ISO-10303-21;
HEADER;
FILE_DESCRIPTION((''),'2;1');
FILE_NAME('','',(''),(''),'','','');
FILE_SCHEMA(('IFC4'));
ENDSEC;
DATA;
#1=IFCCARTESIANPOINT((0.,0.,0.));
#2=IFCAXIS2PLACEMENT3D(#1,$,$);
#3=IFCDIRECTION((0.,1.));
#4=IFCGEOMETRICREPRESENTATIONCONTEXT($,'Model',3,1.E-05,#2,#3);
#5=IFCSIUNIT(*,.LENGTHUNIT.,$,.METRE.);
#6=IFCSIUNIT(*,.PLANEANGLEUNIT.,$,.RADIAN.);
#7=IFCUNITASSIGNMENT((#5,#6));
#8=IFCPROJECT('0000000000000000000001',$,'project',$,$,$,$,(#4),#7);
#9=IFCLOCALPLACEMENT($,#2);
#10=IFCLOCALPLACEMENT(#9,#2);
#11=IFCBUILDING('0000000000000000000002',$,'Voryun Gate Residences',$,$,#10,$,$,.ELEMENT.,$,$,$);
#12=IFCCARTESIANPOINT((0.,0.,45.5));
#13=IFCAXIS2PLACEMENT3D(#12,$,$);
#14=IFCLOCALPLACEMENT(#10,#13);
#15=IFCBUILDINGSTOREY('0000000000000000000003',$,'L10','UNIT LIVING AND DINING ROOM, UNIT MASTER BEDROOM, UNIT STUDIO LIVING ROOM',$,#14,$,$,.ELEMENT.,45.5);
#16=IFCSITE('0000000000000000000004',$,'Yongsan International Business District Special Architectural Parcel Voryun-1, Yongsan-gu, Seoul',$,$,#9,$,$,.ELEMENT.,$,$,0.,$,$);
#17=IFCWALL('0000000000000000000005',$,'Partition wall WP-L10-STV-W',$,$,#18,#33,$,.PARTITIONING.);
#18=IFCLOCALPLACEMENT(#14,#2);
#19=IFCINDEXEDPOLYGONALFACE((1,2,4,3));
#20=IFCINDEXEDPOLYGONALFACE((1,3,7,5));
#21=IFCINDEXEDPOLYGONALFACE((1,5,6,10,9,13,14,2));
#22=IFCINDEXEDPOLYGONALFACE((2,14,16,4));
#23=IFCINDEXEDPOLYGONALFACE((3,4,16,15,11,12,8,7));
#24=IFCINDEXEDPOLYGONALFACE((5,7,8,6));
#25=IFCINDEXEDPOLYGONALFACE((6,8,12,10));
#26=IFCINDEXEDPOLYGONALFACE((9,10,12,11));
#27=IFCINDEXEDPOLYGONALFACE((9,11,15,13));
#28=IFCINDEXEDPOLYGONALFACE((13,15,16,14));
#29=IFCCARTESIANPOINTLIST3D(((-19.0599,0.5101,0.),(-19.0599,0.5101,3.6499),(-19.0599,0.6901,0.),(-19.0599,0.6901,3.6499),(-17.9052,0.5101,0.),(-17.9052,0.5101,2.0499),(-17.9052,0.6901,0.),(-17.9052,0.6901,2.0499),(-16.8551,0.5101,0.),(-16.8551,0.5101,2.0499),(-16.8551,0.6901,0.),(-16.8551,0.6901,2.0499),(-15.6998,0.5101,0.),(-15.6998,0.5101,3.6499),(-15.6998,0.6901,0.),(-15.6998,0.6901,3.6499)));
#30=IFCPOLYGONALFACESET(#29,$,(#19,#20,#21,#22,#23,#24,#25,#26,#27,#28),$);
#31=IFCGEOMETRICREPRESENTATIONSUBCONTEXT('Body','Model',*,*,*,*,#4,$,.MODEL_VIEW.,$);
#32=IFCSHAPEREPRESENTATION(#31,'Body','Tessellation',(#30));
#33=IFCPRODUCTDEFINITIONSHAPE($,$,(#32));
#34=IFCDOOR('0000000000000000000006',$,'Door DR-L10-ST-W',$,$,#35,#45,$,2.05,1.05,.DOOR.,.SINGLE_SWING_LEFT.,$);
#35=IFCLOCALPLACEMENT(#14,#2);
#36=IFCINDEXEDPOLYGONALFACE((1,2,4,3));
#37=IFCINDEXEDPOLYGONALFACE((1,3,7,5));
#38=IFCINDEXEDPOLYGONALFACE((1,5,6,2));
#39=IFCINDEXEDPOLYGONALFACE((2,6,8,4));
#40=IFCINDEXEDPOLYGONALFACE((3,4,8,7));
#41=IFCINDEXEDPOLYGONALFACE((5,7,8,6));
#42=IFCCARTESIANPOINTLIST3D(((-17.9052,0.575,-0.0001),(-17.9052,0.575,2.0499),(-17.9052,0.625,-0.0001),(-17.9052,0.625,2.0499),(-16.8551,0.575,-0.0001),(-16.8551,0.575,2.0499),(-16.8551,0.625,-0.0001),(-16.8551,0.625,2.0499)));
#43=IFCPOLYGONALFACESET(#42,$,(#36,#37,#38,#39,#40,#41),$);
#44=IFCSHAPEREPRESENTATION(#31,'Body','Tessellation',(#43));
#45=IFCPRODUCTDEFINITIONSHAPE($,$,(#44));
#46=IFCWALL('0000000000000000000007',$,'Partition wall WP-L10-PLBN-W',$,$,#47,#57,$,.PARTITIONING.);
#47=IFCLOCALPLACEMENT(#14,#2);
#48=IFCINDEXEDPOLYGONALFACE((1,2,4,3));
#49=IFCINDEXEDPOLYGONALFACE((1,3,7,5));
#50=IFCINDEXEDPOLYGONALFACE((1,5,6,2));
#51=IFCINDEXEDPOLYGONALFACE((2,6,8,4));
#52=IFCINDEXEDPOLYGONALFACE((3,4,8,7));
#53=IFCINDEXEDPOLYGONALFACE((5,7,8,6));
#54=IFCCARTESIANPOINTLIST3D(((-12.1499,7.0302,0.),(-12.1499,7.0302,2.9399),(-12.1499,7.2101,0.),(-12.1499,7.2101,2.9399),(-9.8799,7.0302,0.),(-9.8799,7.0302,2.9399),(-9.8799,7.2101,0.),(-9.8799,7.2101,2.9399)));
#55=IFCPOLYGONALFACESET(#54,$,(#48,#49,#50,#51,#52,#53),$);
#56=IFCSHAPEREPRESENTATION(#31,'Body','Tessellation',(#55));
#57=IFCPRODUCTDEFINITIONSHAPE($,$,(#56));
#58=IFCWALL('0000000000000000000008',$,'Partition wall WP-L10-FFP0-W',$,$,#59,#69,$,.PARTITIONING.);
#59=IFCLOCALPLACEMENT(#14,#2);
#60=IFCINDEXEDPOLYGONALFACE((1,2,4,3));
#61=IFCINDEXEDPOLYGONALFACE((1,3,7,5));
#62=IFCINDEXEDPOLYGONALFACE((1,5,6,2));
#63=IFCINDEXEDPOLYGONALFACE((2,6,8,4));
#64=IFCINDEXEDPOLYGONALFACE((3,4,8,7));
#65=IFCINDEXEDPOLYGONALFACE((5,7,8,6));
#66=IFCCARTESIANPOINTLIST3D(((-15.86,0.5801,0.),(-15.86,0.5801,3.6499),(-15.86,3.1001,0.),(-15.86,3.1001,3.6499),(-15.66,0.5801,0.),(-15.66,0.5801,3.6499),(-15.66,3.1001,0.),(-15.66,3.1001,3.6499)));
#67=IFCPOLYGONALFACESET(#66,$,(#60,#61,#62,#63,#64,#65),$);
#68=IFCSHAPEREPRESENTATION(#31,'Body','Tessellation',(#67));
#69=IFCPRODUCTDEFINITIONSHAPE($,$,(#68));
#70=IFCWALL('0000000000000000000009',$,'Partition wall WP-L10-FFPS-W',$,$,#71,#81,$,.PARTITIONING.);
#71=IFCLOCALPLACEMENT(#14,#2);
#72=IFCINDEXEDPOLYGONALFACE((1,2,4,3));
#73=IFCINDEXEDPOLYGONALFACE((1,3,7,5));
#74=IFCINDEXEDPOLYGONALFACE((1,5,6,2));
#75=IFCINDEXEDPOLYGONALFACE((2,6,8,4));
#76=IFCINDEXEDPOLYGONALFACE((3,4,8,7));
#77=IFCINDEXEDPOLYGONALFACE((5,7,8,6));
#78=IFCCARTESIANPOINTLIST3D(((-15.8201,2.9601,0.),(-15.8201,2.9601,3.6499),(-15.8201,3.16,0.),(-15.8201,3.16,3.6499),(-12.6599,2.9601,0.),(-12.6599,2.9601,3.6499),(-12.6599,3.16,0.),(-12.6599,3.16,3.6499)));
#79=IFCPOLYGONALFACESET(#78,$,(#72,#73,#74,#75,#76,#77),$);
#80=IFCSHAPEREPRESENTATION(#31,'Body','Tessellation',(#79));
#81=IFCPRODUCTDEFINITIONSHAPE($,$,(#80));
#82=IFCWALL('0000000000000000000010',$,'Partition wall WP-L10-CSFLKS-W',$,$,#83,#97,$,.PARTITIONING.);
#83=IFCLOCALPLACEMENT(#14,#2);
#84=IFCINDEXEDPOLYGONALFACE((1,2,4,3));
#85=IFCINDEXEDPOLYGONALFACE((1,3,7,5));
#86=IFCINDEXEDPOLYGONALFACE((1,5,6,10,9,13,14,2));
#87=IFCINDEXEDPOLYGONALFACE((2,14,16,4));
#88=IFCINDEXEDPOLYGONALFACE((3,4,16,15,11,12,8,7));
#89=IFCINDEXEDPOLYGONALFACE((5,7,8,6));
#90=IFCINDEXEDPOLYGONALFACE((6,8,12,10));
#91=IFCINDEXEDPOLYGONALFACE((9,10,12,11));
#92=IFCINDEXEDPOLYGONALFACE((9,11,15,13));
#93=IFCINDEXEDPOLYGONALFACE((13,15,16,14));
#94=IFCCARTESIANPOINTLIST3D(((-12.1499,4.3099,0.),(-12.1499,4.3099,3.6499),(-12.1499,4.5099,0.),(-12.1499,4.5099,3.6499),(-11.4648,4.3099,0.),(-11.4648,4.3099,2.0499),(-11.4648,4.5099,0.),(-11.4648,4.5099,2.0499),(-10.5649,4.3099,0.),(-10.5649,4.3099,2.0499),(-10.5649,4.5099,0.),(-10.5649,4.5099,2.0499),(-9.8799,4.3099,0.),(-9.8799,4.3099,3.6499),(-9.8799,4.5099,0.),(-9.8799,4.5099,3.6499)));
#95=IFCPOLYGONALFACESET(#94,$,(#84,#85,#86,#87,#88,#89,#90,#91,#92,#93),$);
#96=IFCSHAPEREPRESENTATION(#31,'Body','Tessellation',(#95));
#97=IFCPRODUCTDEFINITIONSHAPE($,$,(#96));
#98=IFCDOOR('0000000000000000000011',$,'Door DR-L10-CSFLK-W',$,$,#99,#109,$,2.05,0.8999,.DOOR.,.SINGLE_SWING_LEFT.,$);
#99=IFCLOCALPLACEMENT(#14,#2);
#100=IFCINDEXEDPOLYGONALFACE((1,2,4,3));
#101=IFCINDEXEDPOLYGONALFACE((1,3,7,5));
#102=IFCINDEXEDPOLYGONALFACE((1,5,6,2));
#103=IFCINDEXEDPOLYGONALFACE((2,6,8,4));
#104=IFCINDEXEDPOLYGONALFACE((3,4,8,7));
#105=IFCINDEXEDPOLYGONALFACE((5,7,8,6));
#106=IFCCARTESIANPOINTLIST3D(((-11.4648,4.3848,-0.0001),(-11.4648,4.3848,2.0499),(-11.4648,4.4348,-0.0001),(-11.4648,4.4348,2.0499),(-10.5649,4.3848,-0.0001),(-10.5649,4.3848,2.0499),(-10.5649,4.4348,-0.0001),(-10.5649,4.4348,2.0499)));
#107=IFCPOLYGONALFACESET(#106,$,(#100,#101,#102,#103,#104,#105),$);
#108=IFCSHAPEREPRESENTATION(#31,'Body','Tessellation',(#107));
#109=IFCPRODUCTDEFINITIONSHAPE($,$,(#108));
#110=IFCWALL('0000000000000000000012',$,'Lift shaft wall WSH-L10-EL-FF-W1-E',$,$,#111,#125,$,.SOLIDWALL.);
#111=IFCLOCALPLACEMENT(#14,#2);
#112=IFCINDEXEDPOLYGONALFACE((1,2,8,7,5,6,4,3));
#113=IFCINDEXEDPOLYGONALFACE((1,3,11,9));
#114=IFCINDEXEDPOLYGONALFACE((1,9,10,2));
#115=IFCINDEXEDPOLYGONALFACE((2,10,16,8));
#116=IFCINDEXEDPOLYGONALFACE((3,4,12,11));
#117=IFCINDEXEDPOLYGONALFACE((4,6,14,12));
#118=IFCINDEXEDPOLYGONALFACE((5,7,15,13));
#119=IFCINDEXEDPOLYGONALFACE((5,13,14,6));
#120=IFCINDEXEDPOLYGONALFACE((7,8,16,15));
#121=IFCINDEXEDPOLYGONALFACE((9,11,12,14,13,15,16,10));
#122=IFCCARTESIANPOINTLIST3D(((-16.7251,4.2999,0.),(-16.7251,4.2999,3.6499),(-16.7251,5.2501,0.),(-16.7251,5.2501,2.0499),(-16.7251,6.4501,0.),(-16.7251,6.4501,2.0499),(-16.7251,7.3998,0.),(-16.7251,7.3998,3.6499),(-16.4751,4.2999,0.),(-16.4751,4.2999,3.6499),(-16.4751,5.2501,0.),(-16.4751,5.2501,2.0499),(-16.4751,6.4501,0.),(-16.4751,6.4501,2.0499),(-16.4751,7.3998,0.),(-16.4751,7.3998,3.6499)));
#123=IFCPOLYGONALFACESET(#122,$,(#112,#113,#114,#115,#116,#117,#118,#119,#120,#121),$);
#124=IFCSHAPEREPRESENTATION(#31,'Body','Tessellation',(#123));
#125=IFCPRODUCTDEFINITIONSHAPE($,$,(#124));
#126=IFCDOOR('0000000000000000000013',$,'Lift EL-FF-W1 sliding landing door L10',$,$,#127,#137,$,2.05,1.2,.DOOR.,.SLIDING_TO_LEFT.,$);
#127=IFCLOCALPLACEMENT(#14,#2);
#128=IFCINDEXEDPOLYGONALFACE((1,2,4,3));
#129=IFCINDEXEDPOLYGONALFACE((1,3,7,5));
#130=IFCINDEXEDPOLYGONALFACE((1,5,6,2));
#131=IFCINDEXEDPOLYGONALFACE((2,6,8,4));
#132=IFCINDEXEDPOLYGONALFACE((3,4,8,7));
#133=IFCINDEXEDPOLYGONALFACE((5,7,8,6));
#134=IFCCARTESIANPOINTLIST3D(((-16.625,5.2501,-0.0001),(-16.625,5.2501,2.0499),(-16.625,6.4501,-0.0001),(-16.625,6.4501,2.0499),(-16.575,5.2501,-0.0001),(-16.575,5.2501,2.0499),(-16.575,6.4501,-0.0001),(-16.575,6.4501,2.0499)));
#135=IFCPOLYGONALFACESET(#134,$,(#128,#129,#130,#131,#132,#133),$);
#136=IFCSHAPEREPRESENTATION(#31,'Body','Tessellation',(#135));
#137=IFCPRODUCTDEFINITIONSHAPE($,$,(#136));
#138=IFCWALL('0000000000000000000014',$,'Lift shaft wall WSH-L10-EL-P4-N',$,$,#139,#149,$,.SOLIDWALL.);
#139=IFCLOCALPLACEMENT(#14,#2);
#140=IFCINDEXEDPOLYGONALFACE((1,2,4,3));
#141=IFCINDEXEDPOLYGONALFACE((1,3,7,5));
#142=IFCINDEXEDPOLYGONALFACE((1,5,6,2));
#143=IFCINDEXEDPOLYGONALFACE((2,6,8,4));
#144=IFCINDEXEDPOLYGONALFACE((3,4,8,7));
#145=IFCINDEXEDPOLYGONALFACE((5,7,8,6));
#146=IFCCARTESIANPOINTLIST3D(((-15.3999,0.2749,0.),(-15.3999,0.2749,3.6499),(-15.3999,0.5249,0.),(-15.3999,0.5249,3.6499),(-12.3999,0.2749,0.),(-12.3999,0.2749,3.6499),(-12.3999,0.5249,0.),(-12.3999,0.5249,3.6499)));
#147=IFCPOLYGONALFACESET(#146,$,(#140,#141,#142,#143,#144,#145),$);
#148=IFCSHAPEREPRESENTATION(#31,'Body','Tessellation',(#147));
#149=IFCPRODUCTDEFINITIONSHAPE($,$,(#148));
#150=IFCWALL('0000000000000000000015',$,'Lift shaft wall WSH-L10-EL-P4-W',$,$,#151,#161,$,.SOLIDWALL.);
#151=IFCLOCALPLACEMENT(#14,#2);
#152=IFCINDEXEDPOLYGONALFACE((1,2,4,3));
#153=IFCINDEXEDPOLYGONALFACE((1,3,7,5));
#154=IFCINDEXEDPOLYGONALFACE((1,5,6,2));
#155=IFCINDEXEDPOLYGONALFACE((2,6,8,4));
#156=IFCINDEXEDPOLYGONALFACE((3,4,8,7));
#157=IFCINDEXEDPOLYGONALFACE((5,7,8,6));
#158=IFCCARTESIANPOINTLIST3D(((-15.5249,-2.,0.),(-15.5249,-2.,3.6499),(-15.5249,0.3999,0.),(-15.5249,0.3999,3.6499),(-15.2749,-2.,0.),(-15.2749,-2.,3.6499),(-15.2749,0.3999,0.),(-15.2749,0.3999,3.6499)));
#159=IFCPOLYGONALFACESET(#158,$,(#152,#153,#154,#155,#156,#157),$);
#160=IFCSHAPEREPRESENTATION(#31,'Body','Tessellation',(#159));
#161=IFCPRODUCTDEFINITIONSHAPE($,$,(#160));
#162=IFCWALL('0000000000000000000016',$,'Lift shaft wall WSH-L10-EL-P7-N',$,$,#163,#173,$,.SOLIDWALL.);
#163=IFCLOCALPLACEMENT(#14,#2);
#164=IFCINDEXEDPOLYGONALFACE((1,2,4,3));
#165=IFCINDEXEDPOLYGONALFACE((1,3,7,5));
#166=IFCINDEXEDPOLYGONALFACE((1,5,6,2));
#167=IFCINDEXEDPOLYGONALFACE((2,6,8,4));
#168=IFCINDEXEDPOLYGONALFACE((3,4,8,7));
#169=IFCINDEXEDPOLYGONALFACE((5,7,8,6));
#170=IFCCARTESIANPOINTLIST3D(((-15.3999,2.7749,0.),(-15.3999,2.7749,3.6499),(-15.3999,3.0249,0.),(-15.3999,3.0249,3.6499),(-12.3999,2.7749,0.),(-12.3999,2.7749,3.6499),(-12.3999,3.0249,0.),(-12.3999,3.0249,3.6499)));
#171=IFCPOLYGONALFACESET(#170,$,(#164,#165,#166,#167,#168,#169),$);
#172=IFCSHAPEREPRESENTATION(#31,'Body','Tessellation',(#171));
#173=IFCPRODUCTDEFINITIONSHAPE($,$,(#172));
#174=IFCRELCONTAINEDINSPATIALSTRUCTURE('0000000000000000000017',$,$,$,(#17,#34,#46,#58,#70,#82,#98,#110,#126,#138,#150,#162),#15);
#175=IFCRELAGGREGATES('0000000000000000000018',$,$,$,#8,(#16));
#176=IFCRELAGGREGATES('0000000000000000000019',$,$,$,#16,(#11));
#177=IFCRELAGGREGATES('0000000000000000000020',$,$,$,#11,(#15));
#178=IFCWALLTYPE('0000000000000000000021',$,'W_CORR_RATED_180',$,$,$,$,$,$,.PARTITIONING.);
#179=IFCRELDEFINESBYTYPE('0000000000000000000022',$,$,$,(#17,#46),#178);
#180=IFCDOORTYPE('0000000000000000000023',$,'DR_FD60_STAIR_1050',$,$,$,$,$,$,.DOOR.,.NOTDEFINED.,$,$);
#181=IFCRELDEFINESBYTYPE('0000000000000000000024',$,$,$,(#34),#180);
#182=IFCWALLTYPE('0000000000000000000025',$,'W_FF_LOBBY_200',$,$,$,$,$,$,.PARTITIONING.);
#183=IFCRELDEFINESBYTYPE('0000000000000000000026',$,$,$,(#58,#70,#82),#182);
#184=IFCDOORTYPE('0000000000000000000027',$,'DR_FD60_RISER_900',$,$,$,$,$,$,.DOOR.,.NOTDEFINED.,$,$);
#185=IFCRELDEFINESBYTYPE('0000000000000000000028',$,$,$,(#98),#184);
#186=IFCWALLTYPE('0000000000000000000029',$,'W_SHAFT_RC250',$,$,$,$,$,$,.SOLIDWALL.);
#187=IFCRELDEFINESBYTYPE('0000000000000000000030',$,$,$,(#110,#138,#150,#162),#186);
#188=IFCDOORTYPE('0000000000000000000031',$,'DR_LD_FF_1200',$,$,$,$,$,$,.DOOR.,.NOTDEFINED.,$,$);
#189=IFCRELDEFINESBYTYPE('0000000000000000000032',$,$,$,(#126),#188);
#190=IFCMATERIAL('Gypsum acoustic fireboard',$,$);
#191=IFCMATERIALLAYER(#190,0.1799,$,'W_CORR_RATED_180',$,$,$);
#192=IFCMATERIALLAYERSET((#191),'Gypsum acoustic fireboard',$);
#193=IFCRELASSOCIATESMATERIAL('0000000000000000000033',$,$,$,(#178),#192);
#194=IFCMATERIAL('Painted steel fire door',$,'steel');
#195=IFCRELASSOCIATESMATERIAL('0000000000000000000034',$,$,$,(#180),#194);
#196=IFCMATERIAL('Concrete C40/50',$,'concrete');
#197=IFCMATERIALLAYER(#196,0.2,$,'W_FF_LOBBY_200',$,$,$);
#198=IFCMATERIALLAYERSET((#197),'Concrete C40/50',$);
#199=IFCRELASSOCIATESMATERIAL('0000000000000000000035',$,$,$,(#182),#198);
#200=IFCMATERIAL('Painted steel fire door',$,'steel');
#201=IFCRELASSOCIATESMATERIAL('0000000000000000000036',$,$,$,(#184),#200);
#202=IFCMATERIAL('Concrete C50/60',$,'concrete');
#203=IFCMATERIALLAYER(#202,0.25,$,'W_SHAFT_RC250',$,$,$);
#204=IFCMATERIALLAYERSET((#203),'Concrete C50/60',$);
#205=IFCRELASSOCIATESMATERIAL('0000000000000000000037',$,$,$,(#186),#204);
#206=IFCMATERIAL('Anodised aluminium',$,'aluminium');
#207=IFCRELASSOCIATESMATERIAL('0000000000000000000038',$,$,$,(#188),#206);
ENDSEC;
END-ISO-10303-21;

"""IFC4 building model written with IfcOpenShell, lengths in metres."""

from ifc_helpers import new_model, si_unit, direction, frame, frame_2d, origin, place, context, subcontext, project, spatial, rectangle, extrude, material, layer, layer_set, type_object, element, fill, save


model = new_model("IFC4")

# Units and contexts
model_context = context("Model", 3, precision=1e-05, world=origin(), true_north=direction((0.0, 1.0)))
body_context = subcontext(model_context, "Body", "Model", "MODEL_VIEW")
ifc_project = project(units=[si_unit("LENGTHUNIT", "METRE"), si_unit("PLANEANGLEUNIT", "RADIAN")], contexts=[model_context])

# Site, building, storey
site_placement = place(None, origin())
site = spatial("IfcSite", under=ifc_project, at=site_placement, Name="Yongsan International Business District Special Architectural Parcel Voryun-1, Yongsan-gu, Seoul", CompositionType="ELEMENT", RefElevation=0.0)
building_placement = place(site_placement, origin())
building = spatial("IfcBuilding", under=site, at=building_placement, Name="Voryun Gate Residences", CompositionType="ELEMENT")
storey_placement = place(building_placement, frame((0.0, 0.0, 45.5)))
storey = spatial("IfcBuildingStorey", under=building, at=storey_placement, Name="L10", Description="UNIT LIVING AND DINING ROOM, UNIT MASTER BEDROOM, UNIT STUDIO LIVING ROOM", CompositionType="ELEMENT", Elevation=45.5)

# Wall, opening, door
ifc_material_1 = material(Name="Gypsum acoustic fireboard")
ifc_layer_1 = layer(ifc_material_1, 0.1799, Name="W_CORR_RATED_180")
ifc_layer_set_1 = layer_set([ifc_layer_1], Name="Gypsum acoustic fireboard")
wall_type_1 = type_object("IfcWallType", Name="W_CORR_RATED_180", PredefinedType="PARTITIONING", material=ifc_layer_set_1)
wall_1_placement = place(storey_placement, frame((-19.0601, 0.6001, 0.0), z_axis=(0.0, 0.0, 1.0), x_axis=(1.0, 0.0, 0.0)))
wall_1 = element("IfcWall", 1, at=wall_1_placement, inside=storey, type_object=wall_type_1, Name="Partition wall WP-L10-STV-W", PredefinedType="PARTITIONING", context=body_context, shape_type="SweptSolid", body=[
    extrude(rectangle(XDim=3.3601, YDim=0.1799, at=frame_2d((1.6802, 0.0))), origin(), (0.0, 0.0, 1.0), 3.6499),
])
opening_1_placement = place(wall_1_placement, frame((1.155, 0.0, 0.0)))
opening_1 = element("IfcOpeningElement", 2, at=opening_1_placement, cuts=wall_1, PredefinedType="OPENING", context=body_context, shape_type="SweptSolid", body=[
    extrude(rectangle(XDim=1.05, YDim=2.05, at=frame_2d((0.5249, 1.0249))), frame((0.0, 0.0999, 0.0), z_axis=(0.0, -1.0, 0.0), x_axis=(1.0, 0.0, 0.0)), (0.0, 0.0, 1.0), 0.2),
])
ifc_material_2 = material(Name="Painted steel fire door", Category="steel")
door_type_1 = type_object("IfcDoorType", Name="DR_FD60_STAIR_1050", OperationType="NOTDEFINED", PredefinedType="DOOR", material=ifc_material_2)
door_1_placement = place(opening_1_placement, origin())
door_1 = element("IfcDoor", 3, at=door_1_placement, inside=storey, type_object=door_type_1, Name="Door DR-L10-ST-W", OperationType="SINGLE_SWING_LEFT", OverallHeight=2.05, OverallWidth=1.05, PredefinedType="DOOR", context=body_context, shape_type="SweptSolid", body=[
    extrude(rectangle(XDim=1.05, YDim=2.05, at=frame_2d((0.5249, 1.0249))), frame((0.0, 0.0249, 0.0), z_axis=(0.0, -1.0, 0.0), x_axis=(1.0, 0.0, 0.0)), (0.0, 0.0, 1.0), 0.05),
])
fill(opening_1, door_1)

# Walls
wall_2_placement = place(storey_placement, frame((-12.1499, 7.1201, 0.0), z_axis=(0.0, 0.0, 1.0), x_axis=(1.0, 0.0, 0.0)))
element("IfcWall", 4, at=wall_2_placement, inside=storey, type_object=wall_type_1, Name="Partition wall WP-L10-PLBN-W", PredefinedType="PARTITIONING", context=body_context, shape_type="SweptSolid", body=[
    extrude(rectangle(XDim=2.27, YDim=0.1799, at=frame_2d((1.135, 0.0))), origin(), (0.0, 0.0, 1.0), 2.9399),
])
ifc_material_3 = material(Name="Concrete C40/50", Category="concrete")
ifc_layer_2 = layer(ifc_material_3, 0.2, Name="W_FF_LOBBY_200")
ifc_layer_set_2 = layer_set([ifc_layer_2], Name="Concrete C40/50")
wall_type_2 = type_object("IfcWallType", Name="W_FF_LOBBY_200", PredefinedType="PARTITIONING", material=ifc_layer_set_2)
wall_3_placement = place(storey_placement, frame((-15.76, 0.5801, 0.0), z_axis=(0.0, 0.0, 1.0), x_axis=(0.0, 1.0, 0.0)))
element("IfcWall", 5, at=wall_3_placement, inside=storey, type_object=wall_type_2, Name="Partition wall WP-L10-FFP0-W", PredefinedType="PARTITIONING", context=body_context, shape_type="SweptSolid", body=[
    extrude(rectangle(XDim=2.52, YDim=0.2, at=frame_2d((1.26, 0.0))), origin(), (0.0, 0.0, 1.0), 3.6499),
])
wall_4_placement = place(storey_placement, frame((-15.8201, 3.0601, 0.0), z_axis=(0.0, 0.0, 1.0), x_axis=(1.0, 0.0, 0.0)))
element("IfcWall", 6, at=wall_4_placement, inside=storey, type_object=wall_type_2, Name="Partition wall WP-L10-FFPS-W", PredefinedType="PARTITIONING", context=body_context, shape_type="SweptSolid", body=[
    extrude(rectangle(XDim=3.1602, YDim=0.2, at=frame_2d((1.5801, 0.0))), origin(), (0.0, 0.0, 1.0), 3.6499),
])

# Walls, openings, doors
wall_5_placement = place(storey_placement, frame((-12.1499, 4.4099, 0.0), z_axis=(0.0, 0.0, 1.0), x_axis=(1.0, 0.0, 0.0)))
wall_5 = element("IfcWall", 7, at=wall_5_placement, inside=storey, type_object=wall_type_2, Name="Partition wall WP-L10-CSFLKS-W", PredefinedType="PARTITIONING", context=body_context, shape_type="SweptSolid", body=[
    extrude(rectangle(XDim=2.27, YDim=0.2, at=frame_2d((1.135, 0.0))), origin(), (0.0, 0.0, 1.0), 3.6499),
])
opening_2_placement = place(wall_5_placement, frame((0.6851, 0.0, 0.0)))
opening_2 = element("IfcOpeningElement", 8, at=opening_2_placement, cuts=wall_5, PredefinedType="OPENING", context=body_context, shape_type="SweptSolid", body=[
    extrude(rectangle(XDim=0.8999, YDim=2.05, at=frame_2d((0.45, 1.0249))), frame((0.0, 0.1101, 0.0), z_axis=(0.0, -1.0, 0.0), x_axis=(1.0, 0.0, 0.0)), (0.0, 0.0, 1.0), 0.22),
])
ifc_material_4 = material(Name="Painted steel fire door", Category="steel")
door_type_2 = type_object("IfcDoorType", Name="DR_FD60_RISER_900", OperationType="NOTDEFINED", PredefinedType="DOOR", material=ifc_material_4)
door_2_placement = place(opening_2_placement, origin())
door_2 = element("IfcDoor", 9, at=door_2_placement, inside=storey, type_object=door_type_2, Name="Door DR-L10-CSFLK-W", OperationType="SINGLE_SWING_LEFT", OverallHeight=2.05, OverallWidth=0.8999, PredefinedType="DOOR", context=body_context, shape_type="SweptSolid", body=[
    extrude(rectangle(XDim=0.8999, YDim=2.05, at=frame_2d((0.45, 1.0249))), frame((0.0, 0.0249, 0.0), z_axis=(0.0, -1.0, 0.0), x_axis=(1.0, 0.0, 0.0)), (0.0, 0.0, 1.0), 0.05),
])
fill(opening_2, door_2)
ifc_material_5 = material(Name="Concrete C50/60", Category="concrete")
ifc_layer_3 = layer(ifc_material_5, 0.25, Name="W_SHAFT_RC250")
ifc_layer_set_3 = layer_set([ifc_layer_3], Name="Concrete C50/60")
wall_type_3 = type_object("IfcWallType", Name="W_SHAFT_RC250", PredefinedType="SOLIDWALL", material=ifc_layer_set_3)
wall_6_placement = place(storey_placement, frame((-16.6001, 4.3, 0.0), z_axis=(0.0, 0.0, 1.0), x_axis=(0.0, 1.0, 0.0)))
wall_6 = element("IfcWall", 10, at=wall_6_placement, inside=storey, type_object=wall_type_3, Name="Lift shaft wall WSH-L10-EL-FF-W1-E", PredefinedType="SOLIDWALL", context=body_context, shape_type="SweptSolid", body=[
    extrude(rectangle(XDim=3.0999, YDim=0.25, at=frame_2d((1.5498, 0.0))), origin(), (0.0, 0.0, 1.0), 3.6499),
])
opening_3_placement = place(wall_6_placement, frame((0.95, 0.0, 0.0)))
opening_3 = element("IfcOpeningElement", 11, at=opening_3_placement, cuts=wall_6, PredefinedType="OPENING", context=body_context, shape_type="SweptSolid", body=[
    extrude(rectangle(XDim=1.2, YDim=2.05, at=frame_2d((0.6001, 1.0249))), frame((0.0, 0.135, 0.0), z_axis=(0.0, -1.0, 0.0), x_axis=(1.0, 0.0, 0.0)), (0.0, 0.0, 1.0), 0.27),
])
ifc_material_6 = material(Name="Anodised aluminium", Category="aluminium")
door_type_3 = type_object("IfcDoorType", Name="DR_LD_FF_1200", OperationType="NOTDEFINED", PredefinedType="DOOR", material=ifc_material_6)
door_3_placement = place(opening_3_placement, origin())
door_3 = element("IfcDoor", 12, at=door_3_placement, inside=storey, type_object=door_type_3, Name="Lift EL-FF-W1 sliding landing door L10", OperationType="SLIDING_TO_LEFT", OverallHeight=2.05, OverallWidth=1.2, PredefinedType="DOOR", context=body_context, shape_type="SweptSolid", body=[
    extrude(rectangle(XDim=1.2, YDim=2.05, at=frame_2d((0.6001, 1.0249))), frame((0.0, 0.0249, 0.0), z_axis=(0.0, -1.0, 0.0), x_axis=(1.0, 0.0, 0.0)), (0.0, 0.0, 1.0), 0.05),
])
fill(opening_3, door_3)

# Walls
wall_7_placement = place(storey_placement, frame((-12.3999, 0.3999, 0.0), z_axis=(0.0, 0.0, 1.0), x_axis=(-1.0, 0.0, 0.0)))
element("IfcWall", 13, at=wall_7_placement, inside=storey, type_object=wall_type_3, Name="Lift shaft wall WSH-L10-EL-P4-N", PredefinedType="SOLIDWALL", context=body_context, shape_type="SweptSolid", body=[
    extrude(rectangle(XDim=3.0, YDim=0.25, at=frame_2d((1.5, 0.0))), origin(), (0.0, 0.0, 1.0), 3.6499),
])
wall_8_placement = place(storey_placement, frame((-15.3999, 0.3999, 0.0), z_axis=(0.0, 0.0, 1.0), x_axis=(0.0, -1.0, 0.0)))
element("IfcWall", 14, at=wall_8_placement, inside=storey, type_object=wall_type_3, Name="Lift shaft wall WSH-L10-EL-P4-W", PredefinedType="SOLIDWALL", context=body_context, shape_type="SweptSolid", body=[
    extrude(rectangle(XDim=2.3999, YDim=0.25, at=frame_2d((1.2, 0.0))), origin(), (0.0, 0.0, 1.0), 3.6499),
])
wall_9_placement = place(storey_placement, frame((-12.3999, 2.8999, 0.0), z_axis=(0.0, 0.0, 1.0), x_axis=(-1.0, 0.0, 0.0)))
element("IfcWall", 15, at=wall_9_placement, inside=storey, type_object=wall_type_3, Name="Lift shaft wall WSH-L10-EL-P7-N", PredefinedType="SOLIDWALL", context=body_context, shape_type="SweptSolid", body=[
    extrude(rectangle(XDim=3.0, YDim=0.25, at=frame_2d((1.5, 0.0))), origin(), (0.0, 0.0, 1.0), 3.6499),
])

save(model, "model.ifc")
